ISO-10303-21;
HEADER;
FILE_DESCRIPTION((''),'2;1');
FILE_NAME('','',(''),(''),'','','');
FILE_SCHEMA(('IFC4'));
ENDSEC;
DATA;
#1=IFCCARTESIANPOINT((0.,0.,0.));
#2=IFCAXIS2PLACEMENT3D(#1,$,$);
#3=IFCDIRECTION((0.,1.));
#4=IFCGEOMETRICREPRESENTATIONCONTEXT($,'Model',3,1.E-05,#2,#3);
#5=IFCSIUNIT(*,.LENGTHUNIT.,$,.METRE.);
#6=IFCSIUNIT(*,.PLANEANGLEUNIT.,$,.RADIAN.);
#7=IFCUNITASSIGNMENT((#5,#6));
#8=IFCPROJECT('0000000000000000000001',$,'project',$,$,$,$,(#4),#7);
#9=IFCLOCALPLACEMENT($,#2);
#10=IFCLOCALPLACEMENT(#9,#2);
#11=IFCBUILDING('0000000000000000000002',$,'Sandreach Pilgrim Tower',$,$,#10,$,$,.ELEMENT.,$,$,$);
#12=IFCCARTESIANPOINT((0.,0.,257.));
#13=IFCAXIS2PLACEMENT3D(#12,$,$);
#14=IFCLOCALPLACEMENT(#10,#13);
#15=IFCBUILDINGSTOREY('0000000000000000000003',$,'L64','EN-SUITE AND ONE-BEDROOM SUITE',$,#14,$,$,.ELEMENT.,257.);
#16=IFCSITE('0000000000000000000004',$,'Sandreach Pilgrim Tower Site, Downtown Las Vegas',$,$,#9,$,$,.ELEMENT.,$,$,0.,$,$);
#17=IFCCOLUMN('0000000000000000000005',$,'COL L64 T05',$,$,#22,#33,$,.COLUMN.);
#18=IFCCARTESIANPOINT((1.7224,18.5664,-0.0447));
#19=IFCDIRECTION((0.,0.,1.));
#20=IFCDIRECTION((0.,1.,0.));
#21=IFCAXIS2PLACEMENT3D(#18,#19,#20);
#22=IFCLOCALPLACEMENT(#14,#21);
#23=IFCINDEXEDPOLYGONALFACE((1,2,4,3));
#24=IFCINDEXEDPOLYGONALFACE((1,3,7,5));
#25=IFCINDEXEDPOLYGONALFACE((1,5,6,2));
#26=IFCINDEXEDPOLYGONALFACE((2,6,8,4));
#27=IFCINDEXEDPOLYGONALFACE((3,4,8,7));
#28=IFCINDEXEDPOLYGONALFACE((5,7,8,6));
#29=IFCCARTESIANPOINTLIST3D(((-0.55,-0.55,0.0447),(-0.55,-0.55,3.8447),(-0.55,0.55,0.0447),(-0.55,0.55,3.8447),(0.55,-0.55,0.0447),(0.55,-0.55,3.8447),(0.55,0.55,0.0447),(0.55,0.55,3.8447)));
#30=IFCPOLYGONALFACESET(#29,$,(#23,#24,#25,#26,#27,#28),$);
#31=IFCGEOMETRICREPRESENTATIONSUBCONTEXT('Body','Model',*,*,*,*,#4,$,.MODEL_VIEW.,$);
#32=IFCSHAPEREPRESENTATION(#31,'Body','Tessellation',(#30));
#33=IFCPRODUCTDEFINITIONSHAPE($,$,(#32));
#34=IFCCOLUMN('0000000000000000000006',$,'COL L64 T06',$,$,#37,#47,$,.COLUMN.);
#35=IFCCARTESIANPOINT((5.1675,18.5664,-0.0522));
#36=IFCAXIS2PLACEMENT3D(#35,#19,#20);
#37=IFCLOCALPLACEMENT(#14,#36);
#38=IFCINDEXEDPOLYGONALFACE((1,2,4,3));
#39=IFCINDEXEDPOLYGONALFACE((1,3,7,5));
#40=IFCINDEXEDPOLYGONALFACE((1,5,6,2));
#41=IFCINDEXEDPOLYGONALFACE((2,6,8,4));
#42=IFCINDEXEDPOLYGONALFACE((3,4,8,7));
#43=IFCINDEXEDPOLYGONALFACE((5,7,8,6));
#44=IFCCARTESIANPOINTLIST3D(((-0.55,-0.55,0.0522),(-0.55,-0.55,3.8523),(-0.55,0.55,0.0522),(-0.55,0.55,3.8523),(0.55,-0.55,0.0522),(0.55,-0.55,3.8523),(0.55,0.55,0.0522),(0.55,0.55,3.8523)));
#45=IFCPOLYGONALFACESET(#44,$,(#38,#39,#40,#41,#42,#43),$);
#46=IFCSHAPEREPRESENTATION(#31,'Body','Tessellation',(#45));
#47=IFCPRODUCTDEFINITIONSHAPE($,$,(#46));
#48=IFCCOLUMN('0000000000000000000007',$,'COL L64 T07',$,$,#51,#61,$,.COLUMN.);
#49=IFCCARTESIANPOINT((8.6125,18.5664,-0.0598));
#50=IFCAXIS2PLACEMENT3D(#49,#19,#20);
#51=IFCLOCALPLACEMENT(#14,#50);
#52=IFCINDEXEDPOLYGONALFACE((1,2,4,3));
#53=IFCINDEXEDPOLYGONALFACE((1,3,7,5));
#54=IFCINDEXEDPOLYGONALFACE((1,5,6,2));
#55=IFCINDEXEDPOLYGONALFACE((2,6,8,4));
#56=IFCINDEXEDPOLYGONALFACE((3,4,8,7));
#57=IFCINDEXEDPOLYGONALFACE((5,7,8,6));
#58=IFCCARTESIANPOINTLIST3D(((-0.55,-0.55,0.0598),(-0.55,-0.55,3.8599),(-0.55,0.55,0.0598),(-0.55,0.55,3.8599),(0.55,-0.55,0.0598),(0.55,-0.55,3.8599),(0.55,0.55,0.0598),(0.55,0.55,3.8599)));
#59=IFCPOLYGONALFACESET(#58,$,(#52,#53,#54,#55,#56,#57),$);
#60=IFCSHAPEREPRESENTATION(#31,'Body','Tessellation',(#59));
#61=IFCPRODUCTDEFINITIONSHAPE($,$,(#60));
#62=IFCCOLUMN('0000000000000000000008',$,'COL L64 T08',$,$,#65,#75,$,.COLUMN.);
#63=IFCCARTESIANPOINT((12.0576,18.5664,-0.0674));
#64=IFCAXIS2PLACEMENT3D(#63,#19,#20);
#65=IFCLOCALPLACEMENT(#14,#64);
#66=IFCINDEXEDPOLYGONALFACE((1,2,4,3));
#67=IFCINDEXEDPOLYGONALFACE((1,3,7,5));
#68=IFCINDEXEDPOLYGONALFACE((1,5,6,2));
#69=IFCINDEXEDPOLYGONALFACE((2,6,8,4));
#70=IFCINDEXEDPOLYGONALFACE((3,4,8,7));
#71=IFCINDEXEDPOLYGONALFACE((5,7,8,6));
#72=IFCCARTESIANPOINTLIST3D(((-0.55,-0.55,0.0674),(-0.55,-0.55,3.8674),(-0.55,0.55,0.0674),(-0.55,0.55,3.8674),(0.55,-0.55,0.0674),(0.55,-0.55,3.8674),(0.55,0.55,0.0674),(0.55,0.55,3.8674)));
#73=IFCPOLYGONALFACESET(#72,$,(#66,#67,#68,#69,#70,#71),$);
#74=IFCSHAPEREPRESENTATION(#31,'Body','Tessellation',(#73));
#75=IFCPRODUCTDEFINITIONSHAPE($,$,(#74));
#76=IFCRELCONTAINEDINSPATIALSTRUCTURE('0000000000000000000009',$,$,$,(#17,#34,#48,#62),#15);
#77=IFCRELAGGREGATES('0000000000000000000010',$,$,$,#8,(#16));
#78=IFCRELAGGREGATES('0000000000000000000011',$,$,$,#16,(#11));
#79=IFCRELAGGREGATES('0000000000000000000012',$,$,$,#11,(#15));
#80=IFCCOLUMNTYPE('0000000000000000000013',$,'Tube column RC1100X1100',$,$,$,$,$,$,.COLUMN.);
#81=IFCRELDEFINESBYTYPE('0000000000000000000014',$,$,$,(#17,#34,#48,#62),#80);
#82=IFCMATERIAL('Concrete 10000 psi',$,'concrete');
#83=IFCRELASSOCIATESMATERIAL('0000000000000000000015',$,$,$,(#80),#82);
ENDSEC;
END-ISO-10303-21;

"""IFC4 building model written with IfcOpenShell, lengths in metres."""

from ifc_helpers import new_model, si_unit, direction, frame, origin, origin_2d, place, context, subcontext, project, spatial, rectangle, extrude, clip, halfspace, material, material_profile, profile_set, type_object, element, save


model = new_model("IFC4")

# Units and contexts
model_context = context("Model", 3, precision=1e-05, world=origin(), true_north=direction((0.0, 1.0)))
body_context = subcontext(model_context, "Body", "Model", "MODEL_VIEW")
ifc_project = project(units=[si_unit("LENGTHUNIT", "METRE"), si_unit("PLANEANGLEUNIT", "RADIAN")], contexts=[model_context])

# Site, building, storey
site_placement = place(None, origin())
site = spatial("IfcSite", under=ifc_project, at=site_placement, Name="Sandreach Pilgrim Tower Site, Downtown Las Vegas", CompositionType="ELEMENT", RefElevation=0.0)
building_placement = place(site_placement, origin())
building = spatial("IfcBuilding", under=site, at=building_placement, Name="Sandreach Pilgrim Tower", CompositionType="ELEMENT")
storey_placement = place(building_placement, frame((0.0, 0.0, 257.0)))
storey = spatial("IfcBuildingStorey", under=building, at=storey_placement, Name="L64", Description="EN-SUITE AND ONE-BEDROOM SUITE", CompositionType="ELEMENT", Elevation=257.0)

# Columns
ifc_material_1 = material(Name="Concrete 10000 psi", Category="concrete")
ifc_material_profile_1 = material_profile(ifc_material_1, rectangle(XDim=1.1001, YDim=1.1001, at=origin_2d()), Name="RC1100X1100")
ifc_profile_set_1 = profile_set([ifc_material_profile_1], Name="Concrete 10000 psi")
column_type = type_object("IfcColumnType", Name="Tube column RC1100X1100", PredefinedType="COLUMN", material=ifc_profile_set_1)
column_1_placement = place(storey_placement, frame((1.7224, 18.5664, -0.0447), z_axis=(0.0, 0.0, 1.0), x_axis=(0.0, 1.0, 0.0)))
element("IfcColumn", 1, at=column_1_placement, inside=storey, type_object=column_type, Name="COL L64 T05", PredefinedType="COLUMN", context=body_context, shape_type="SweptSolid", body=[
    clip(extrude(rectangle(XDim=1.1001, YDim=1.1001, at=origin_2d()), origin(), (0.0, 0.0, 1.0), 3.8447), halfspace(frame((0.0, 0.0, 0.0447)), True)),
])
column_2_placement = place(storey_placement, frame((5.1675, 18.5664, -0.0522), z_axis=(0.0, 0.0, 1.0), x_axis=(0.0, 1.0, 0.0)))
element("IfcColumn", 2, at=column_2_placement, inside=storey, type_object=column_type, Name="COL L64 T06", PredefinedType="COLUMN", context=body_context, shape_type="SweptSolid", body=[
    clip(extrude(rectangle(XDim=1.1001, YDim=1.1001, at=origin_2d()), origin(), (0.0, 0.0, 1.0), 3.8523), halfspace(frame((0.0, 0.0, 0.0522)), True)),
])
column_3_placement = place(storey_placement, frame((8.6125, 18.5664, -0.0598), z_axis=(0.0, 0.0, 1.0), x_axis=(0.0, 1.0, 0.0)))
element("IfcColumn", 3, at=column_3_placement, inside=storey, type_object=column_type, Name="COL L64 T07", PredefinedType="COLUMN", context=body_context, shape_type="SweptSolid", body=[
    clip(extrude(rectangle(XDim=1.1001, YDim=1.1001, at=origin_2d()), origin(), (0.0, 0.0, 1.0), 3.8599), halfspace(frame((0.0, 0.0, 0.0598)), True)),
])
column_4_placement = place(storey_placement, frame((12.0576, 18.5664, -0.0674), z_axis=(0.0, 0.0, 1.0), x_axis=(0.0, 1.0, 0.0)))
element("IfcColumn", 4, at=column_4_placement, inside=storey, type_object=column_type, Name="COL L64 T08", PredefinedType="COLUMN", context=body_context, shape_type="SweptSolid", body=[
    clip(extrude(rectangle(XDim=1.1001, YDim=1.1001, at=origin_2d()), origin(), (0.0, 0.0, 1.0), 3.8674), halfspace(frame((0.0, 0.0, 0.0674)), True)),
])

save(model, "model.ifc")
